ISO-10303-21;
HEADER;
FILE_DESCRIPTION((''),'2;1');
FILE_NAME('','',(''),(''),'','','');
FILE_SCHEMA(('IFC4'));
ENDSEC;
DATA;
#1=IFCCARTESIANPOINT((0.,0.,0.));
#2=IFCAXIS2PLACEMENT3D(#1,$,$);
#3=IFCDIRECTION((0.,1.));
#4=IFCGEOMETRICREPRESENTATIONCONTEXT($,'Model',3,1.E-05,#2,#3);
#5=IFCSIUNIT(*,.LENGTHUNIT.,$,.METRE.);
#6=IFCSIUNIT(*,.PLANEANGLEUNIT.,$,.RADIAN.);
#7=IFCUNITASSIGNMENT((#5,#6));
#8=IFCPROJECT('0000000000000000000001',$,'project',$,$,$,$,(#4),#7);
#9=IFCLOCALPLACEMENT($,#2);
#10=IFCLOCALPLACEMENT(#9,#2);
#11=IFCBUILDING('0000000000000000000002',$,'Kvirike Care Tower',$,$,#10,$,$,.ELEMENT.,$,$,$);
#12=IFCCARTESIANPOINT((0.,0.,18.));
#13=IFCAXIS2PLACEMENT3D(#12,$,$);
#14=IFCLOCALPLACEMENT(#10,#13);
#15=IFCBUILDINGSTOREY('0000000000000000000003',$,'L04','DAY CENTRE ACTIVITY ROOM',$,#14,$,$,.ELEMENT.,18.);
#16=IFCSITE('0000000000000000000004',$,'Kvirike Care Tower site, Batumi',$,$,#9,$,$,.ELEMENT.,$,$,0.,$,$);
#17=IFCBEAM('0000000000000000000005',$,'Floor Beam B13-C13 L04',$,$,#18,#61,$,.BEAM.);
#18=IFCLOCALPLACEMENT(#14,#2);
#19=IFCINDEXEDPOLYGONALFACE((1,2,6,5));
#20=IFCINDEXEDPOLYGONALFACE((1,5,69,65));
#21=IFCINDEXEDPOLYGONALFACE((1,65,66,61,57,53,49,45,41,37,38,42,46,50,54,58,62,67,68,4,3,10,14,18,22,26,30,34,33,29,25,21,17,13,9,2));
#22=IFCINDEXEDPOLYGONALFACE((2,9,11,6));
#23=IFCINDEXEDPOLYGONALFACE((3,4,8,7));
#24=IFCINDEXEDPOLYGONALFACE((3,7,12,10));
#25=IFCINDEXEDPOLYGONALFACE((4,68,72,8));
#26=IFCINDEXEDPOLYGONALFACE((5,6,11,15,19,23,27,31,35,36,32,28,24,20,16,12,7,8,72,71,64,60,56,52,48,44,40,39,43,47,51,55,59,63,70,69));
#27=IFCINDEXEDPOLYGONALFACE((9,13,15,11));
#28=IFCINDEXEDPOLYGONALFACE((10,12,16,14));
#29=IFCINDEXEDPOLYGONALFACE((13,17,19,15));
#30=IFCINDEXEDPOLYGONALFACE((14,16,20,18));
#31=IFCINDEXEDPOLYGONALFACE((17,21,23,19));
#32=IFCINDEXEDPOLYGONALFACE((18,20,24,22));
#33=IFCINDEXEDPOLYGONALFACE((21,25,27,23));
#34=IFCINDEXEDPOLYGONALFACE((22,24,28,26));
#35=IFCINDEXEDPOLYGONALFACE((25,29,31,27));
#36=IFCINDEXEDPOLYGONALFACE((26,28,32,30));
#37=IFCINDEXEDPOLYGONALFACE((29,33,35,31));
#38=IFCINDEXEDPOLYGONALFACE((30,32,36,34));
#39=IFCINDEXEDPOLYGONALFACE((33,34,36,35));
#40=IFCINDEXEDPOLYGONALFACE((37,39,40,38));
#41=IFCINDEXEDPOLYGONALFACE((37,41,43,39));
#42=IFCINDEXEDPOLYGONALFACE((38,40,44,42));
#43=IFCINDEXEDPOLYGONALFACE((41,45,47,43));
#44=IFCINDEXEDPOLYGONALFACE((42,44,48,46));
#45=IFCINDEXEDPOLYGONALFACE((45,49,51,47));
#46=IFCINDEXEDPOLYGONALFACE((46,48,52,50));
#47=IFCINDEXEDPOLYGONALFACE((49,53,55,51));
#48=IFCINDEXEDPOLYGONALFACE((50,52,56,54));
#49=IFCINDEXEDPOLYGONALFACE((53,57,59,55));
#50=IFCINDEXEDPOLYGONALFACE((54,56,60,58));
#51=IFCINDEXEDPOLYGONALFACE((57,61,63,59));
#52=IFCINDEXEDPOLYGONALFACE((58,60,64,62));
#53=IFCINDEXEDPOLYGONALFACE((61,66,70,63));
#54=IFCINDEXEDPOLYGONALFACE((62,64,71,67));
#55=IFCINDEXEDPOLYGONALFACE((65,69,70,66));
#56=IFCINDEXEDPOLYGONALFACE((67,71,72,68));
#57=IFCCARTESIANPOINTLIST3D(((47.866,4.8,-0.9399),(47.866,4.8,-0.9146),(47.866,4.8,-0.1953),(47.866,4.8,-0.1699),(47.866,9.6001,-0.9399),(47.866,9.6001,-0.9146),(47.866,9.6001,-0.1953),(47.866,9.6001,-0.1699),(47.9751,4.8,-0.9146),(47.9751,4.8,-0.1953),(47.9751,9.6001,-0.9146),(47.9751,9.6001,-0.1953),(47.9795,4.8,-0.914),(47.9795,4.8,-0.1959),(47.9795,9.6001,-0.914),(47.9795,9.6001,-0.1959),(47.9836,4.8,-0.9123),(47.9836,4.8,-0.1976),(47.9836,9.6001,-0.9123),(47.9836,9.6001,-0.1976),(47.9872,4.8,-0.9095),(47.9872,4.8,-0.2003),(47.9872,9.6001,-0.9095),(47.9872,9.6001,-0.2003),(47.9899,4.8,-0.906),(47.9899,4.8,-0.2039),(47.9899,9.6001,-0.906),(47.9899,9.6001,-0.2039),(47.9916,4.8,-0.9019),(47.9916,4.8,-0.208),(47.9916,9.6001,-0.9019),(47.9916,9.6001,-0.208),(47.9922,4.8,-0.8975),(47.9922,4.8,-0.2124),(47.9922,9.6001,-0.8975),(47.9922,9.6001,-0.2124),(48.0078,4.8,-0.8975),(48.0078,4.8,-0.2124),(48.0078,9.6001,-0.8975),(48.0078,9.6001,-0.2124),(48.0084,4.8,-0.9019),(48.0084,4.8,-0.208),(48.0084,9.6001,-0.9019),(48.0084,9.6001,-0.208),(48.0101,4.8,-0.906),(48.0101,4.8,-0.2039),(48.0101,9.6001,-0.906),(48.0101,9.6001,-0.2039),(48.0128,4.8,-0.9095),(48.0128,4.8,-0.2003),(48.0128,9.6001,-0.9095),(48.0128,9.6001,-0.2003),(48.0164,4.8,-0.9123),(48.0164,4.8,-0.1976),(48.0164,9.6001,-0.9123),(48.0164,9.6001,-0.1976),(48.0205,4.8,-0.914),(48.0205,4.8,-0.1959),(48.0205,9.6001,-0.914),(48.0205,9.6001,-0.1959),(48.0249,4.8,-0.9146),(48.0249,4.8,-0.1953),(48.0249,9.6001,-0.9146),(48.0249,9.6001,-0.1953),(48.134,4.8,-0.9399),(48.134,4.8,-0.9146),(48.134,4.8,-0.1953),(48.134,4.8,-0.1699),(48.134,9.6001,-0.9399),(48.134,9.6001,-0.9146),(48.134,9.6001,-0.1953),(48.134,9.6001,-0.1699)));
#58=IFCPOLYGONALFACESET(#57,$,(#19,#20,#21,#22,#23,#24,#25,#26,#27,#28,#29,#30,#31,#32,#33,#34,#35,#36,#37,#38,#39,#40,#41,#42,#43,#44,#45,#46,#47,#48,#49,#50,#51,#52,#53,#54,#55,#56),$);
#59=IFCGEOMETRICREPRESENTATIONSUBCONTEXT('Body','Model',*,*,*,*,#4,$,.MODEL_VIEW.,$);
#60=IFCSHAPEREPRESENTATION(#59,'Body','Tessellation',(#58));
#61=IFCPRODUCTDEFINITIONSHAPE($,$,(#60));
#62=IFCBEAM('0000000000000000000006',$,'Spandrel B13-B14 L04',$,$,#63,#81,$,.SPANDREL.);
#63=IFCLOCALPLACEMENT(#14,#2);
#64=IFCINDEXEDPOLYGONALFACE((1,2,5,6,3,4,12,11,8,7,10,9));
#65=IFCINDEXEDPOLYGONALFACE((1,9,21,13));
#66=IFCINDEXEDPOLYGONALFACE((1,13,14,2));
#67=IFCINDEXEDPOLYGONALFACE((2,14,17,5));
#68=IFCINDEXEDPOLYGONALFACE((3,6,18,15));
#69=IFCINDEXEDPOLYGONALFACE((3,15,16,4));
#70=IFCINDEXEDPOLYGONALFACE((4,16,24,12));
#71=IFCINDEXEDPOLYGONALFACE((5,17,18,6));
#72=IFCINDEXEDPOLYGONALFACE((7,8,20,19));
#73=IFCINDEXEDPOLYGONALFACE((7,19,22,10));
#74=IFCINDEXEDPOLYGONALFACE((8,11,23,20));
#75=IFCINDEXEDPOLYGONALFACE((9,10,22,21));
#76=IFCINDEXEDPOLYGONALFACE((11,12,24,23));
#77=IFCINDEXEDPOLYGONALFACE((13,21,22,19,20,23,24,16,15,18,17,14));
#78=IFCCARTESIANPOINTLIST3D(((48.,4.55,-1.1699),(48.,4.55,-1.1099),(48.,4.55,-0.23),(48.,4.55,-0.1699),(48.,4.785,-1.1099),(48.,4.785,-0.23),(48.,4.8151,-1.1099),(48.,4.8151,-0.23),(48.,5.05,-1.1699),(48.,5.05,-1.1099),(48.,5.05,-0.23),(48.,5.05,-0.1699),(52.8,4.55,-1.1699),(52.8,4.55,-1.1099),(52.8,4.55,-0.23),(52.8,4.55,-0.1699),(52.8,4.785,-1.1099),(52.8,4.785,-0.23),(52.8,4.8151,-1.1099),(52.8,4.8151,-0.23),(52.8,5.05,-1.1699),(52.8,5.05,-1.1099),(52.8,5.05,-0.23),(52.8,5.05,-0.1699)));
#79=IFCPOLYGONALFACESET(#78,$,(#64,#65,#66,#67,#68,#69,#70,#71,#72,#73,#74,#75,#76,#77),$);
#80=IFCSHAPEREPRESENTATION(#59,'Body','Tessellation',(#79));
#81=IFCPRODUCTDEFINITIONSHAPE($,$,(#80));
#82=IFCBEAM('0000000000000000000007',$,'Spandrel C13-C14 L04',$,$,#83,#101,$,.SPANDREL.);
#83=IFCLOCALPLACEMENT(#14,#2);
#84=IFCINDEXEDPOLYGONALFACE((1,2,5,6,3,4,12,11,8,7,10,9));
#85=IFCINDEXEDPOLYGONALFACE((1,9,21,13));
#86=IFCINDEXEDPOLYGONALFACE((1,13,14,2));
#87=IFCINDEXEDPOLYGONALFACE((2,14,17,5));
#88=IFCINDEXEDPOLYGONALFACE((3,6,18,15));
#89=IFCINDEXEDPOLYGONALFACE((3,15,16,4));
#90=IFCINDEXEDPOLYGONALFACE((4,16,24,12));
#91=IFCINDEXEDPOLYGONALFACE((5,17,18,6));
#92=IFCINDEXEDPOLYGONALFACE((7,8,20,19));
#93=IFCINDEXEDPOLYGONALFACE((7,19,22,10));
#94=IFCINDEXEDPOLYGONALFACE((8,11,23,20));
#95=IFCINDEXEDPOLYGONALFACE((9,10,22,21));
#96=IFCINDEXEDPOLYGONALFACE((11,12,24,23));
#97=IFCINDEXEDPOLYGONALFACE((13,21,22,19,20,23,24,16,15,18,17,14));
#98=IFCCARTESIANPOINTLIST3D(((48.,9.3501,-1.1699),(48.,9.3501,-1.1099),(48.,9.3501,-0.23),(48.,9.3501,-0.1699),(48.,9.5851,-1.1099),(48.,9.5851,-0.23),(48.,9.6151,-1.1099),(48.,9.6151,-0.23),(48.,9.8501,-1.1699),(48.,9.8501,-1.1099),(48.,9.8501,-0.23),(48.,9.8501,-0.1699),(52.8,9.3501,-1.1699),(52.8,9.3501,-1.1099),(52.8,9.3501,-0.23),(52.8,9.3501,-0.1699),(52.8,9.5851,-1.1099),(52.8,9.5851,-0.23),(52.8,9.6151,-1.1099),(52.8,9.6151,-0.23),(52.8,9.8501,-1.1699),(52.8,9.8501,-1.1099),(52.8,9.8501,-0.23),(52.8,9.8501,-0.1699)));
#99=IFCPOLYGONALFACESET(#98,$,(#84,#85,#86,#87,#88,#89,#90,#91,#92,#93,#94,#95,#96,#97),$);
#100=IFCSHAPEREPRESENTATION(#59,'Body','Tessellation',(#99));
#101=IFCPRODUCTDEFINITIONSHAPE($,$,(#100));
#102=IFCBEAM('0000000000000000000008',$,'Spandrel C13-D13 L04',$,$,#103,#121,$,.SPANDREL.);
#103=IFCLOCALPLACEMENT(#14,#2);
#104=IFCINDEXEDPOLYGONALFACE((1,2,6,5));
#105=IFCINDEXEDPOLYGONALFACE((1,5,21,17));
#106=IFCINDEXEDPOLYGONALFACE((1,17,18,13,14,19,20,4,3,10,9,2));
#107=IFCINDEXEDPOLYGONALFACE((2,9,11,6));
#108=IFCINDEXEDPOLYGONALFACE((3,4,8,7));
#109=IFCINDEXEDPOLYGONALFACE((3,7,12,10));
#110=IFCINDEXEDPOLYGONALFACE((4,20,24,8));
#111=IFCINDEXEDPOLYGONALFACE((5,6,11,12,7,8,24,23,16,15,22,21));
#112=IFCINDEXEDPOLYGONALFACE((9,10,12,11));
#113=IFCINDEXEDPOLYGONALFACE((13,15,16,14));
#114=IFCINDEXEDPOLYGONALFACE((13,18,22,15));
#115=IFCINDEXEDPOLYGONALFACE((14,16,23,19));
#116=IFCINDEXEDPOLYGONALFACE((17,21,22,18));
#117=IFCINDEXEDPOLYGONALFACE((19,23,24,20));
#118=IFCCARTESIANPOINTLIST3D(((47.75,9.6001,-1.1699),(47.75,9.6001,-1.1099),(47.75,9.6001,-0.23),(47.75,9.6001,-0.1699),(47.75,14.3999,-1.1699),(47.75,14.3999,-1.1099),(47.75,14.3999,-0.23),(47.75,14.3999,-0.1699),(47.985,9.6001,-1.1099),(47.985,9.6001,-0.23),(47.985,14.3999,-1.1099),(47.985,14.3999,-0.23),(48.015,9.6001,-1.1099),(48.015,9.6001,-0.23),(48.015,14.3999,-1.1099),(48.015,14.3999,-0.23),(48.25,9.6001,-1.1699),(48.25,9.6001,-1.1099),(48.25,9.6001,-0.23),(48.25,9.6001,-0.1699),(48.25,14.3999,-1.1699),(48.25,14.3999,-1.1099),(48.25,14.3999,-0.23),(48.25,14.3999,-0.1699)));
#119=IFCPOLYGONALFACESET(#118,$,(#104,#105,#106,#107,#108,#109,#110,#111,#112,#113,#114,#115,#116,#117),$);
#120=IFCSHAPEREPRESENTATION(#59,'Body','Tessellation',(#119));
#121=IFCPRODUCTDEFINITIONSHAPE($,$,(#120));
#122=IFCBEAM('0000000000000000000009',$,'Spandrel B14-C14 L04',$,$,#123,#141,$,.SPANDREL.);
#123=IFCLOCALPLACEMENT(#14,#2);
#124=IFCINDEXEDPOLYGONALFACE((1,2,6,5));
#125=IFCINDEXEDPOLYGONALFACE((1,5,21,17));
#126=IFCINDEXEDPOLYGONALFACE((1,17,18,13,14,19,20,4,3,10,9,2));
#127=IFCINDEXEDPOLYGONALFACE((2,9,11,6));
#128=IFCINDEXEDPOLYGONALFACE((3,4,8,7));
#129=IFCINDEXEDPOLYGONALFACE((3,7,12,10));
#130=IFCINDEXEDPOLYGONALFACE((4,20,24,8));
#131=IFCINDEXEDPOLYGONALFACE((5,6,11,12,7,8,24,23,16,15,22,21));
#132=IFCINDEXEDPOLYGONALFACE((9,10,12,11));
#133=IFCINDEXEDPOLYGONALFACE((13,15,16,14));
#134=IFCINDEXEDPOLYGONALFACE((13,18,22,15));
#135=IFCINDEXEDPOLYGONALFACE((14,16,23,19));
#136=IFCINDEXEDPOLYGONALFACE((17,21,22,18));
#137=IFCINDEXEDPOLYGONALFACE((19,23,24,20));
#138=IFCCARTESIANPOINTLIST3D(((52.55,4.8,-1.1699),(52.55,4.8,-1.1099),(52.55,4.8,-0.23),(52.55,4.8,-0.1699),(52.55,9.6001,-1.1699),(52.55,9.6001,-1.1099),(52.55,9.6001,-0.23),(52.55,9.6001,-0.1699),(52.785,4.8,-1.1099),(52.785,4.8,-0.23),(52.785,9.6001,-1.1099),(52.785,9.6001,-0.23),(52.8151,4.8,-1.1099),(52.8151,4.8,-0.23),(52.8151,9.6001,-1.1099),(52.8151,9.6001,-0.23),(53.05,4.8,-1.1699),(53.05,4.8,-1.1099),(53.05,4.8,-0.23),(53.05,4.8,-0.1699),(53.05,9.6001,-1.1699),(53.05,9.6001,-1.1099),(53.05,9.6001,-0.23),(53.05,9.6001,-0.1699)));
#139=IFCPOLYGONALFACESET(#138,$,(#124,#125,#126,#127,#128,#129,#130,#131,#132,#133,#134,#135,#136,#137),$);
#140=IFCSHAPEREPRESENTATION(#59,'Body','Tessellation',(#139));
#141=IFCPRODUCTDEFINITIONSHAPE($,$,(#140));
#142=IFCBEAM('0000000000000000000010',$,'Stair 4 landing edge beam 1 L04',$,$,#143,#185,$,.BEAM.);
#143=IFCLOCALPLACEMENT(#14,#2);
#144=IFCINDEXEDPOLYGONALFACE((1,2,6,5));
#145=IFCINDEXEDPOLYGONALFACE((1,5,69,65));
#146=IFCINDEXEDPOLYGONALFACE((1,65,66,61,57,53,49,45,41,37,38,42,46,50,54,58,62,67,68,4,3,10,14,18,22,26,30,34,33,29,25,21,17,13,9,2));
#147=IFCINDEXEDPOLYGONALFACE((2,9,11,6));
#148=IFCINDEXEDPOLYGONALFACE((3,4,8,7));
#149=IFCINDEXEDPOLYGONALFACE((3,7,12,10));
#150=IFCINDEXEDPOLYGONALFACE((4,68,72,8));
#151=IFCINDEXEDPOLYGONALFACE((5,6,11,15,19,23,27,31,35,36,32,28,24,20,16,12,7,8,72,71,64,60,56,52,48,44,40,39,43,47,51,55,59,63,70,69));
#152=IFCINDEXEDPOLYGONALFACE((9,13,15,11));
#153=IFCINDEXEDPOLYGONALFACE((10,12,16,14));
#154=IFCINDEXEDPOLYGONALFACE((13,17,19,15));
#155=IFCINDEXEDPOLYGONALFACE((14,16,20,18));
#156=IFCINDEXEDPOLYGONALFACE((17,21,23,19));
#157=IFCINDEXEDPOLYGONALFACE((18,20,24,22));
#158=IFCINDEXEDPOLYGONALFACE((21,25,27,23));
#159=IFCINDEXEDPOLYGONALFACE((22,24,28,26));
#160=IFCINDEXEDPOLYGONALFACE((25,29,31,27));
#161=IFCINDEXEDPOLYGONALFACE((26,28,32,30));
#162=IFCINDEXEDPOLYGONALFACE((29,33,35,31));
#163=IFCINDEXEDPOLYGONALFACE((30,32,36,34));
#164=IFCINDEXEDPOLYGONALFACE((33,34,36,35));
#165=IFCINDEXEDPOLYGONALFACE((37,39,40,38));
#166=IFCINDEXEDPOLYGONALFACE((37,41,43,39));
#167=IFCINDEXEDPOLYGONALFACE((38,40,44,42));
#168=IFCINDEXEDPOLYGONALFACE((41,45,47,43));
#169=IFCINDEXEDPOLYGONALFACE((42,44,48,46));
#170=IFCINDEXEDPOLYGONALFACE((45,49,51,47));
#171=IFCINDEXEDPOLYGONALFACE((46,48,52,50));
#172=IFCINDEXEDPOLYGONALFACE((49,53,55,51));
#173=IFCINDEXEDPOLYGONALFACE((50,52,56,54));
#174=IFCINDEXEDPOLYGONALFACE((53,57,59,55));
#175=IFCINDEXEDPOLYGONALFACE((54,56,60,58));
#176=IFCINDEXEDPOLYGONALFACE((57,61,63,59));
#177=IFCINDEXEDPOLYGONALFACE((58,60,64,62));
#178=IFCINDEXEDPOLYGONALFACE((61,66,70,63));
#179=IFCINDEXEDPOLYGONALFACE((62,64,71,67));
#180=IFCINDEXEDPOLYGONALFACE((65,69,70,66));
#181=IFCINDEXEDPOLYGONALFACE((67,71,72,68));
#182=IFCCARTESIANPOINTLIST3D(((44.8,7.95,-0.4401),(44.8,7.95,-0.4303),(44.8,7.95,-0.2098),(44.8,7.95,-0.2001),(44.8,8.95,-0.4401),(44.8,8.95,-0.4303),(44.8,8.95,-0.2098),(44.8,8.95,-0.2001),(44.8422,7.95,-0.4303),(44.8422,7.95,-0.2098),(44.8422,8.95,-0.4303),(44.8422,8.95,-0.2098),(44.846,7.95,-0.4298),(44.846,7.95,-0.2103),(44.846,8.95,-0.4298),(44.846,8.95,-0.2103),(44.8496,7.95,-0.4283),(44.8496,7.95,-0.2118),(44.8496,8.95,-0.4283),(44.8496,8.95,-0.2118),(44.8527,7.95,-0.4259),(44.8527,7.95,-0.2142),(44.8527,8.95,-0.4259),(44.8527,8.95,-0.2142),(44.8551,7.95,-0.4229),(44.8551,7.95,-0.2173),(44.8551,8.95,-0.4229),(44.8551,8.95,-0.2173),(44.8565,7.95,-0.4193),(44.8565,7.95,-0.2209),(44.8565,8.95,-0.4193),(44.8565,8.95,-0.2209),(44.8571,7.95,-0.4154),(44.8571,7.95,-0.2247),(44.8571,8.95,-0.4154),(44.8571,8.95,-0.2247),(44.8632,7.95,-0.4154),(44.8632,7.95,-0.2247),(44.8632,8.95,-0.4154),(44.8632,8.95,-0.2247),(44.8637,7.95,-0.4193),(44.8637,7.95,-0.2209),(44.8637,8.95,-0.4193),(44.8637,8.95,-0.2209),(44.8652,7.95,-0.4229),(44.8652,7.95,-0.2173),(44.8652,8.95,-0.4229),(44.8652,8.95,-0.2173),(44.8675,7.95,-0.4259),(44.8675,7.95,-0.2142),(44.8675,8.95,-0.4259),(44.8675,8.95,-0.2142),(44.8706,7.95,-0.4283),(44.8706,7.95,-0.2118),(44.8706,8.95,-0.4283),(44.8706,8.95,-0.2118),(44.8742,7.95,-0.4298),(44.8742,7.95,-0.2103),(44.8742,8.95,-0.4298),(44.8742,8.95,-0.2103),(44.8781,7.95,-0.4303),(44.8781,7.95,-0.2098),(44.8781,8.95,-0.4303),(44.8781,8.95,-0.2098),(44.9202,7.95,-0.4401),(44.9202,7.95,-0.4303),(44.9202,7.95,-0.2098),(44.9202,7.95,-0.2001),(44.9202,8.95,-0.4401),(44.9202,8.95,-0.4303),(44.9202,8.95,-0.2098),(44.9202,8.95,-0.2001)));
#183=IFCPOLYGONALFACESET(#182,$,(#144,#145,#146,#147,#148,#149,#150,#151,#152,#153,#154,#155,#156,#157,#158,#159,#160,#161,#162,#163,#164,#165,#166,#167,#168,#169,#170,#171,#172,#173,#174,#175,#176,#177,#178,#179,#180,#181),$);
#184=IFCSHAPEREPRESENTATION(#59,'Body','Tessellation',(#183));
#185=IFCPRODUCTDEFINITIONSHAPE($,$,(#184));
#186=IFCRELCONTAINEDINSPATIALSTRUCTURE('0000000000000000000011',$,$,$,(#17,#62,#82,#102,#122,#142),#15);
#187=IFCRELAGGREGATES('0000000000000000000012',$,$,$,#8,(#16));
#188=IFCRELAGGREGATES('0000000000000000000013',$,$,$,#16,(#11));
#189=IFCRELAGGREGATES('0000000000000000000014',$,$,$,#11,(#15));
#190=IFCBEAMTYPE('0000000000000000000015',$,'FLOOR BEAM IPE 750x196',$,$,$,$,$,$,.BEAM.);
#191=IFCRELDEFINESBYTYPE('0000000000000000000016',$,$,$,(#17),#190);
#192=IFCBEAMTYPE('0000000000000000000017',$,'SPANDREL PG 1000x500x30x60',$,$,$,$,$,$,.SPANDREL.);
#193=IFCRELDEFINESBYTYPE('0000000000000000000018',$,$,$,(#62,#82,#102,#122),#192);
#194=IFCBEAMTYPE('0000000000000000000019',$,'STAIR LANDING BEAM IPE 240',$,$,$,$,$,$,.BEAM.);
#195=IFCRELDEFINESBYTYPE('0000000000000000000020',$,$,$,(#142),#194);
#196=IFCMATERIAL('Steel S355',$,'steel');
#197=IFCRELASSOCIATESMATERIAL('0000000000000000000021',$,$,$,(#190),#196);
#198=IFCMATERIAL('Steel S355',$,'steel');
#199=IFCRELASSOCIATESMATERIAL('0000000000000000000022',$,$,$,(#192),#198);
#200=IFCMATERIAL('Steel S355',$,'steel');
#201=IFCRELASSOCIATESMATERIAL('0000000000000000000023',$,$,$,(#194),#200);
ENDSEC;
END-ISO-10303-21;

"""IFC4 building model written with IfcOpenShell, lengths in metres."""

from ifc_helpers import new_model, si_unit, direction, frame, origin, origin_2d, place, context, subcontext, project, spatial, i_section, extrude, material, material_profile, profile_set, type_object, element, save


model = new_model("IFC4")

# Units and contexts
model_context = context("Model", 3, precision=1e-05, world=origin(), true_north=direction((0.0, 1.0)))
body_context = subcontext(model_context, "Body", "Model", "MODEL_VIEW")
ifc_project = project(units=[si_unit("LENGTHUNIT", "METRE"), si_unit("PLANEANGLEUNIT", "RADIAN")], contexts=[model_context])

# Site, building, storey
site_placement = place(None, origin())
site = spatial("IfcSite", under=ifc_project, at=site_placement, Name="Kvirike Care Tower site, Batumi", CompositionType="ELEMENT", RefElevation=0.0)
building_placement = place(site_placement, origin())
building = spatial("IfcBuilding", under=site, at=building_placement, Name="Kvirike Care Tower", CompositionType="ELEMENT")
storey_placement = place(building_placement, frame((0.0, 0.0, 18.0)))
storey = spatial("IfcBuildingStorey", under=building, at=storey_placement, Name="L04", Description="DAY CENTRE ACTIVITY ROOM", CompositionType="ELEMENT", Elevation=18.0)

# Beams
ifc_material_1 = material(Name="Steel S355", Category="steel")
ifc_material_profile_1 = material_profile(ifc_material_1, i_section(OverallWidth=0.2681, OverallDepth=0.77, WebThickness=0.0156, FlangeThickness=0.0254, FilletRadius=0.0171, at=origin_2d()), Name="IPE 750x196")
ifc_profile_set_1 = profile_set([ifc_material_profile_1], Name="Steel S355")
beam_type_1 = type_object("IfcBeamType", Name="FLOOR BEAM IPE 750x196", PredefinedType="BEAM", material=ifc_profile_set_1)
beam_1_placement = place(storey_placement, frame((48.0, 4.8, -0.5549), z_axis=(0.0, 1.0, 0.0), x_axis=(-1.0, 0.0, 0.0)))
element("IfcBeam", 1, at=beam_1_placement, inside=storey, type_object=beam_type_1, Name="Floor Beam B13-C13 L04", PredefinedType="BEAM", context=body_context, shape_type="SweptSolid", body=[
    extrude(i_section(OverallWidth=0.2681, OverallDepth=0.77, WebThickness=0.0156, FlangeThickness=0.0254, FilletRadius=0.0171, at=origin_2d()), origin(), (0.0, 0.0, 1.0), 4.8),
])
ifc_material_2 = material(Name="Steel S355", Category="steel")
ifc_material_profile_2 = material_profile(ifc_material_2, i_section(OverallWidth=0.5, OverallDepth=1.0, WebThickness=0.03, FlangeThickness=0.0601, at=origin_2d()), Name="PG 1000x500x30x60")
ifc_profile_set_2 = profile_set([ifc_material_profile_2], Name="Steel S355")
beam_type_2 = type_object("IfcBeamType", Name="SPANDREL PG 1000x500x30x60", PredefinedType="SPANDREL", material=ifc_profile_set_2)
for number, where, z_axis, x_axis, name in (
    (2, (48.0, 4.8, -0.6699), (1.0, 0.0, 0.0), (0.0, 1.0, 0.0), "Spandrel B13-B14 L04"),
    (3, (48.0, 9.6001, -0.6699), (1.0, 0.0, 0.0), (0.0, 1.0, 0.0), "Spandrel C13-C14 L04"),
):
    element("IfcBeam", number, at=place(storey_placement, frame(where, z_axis=z_axis, x_axis=x_axis)), inside=storey, type_object=beam_type_2, Name=name, PredefinedType="SPANDREL", context=body_context, shape_type="SweptSolid", body=[
        extrude(i_section(OverallWidth=0.5, OverallDepth=1.0, WebThickness=0.03, FlangeThickness=0.0601, at=origin_2d()), origin(), (0.0, 0.0, 1.0), 4.8),
    ])
beam_2_placement = place(storey_placement, frame((48.0, 9.6001, -0.6699), z_axis=(0.0, 1.0, 0.0), x_axis=(-1.0, 0.0, 0.0)))
element("IfcBeam", 4, at=beam_2_placement, inside=storey, type_object=beam_type_2, Name="Spandrel C13-D13 L04", PredefinedType="SPANDREL", context=body_context, shape_type="SweptSolid", body=[
    extrude(i_section(OverallWidth=0.5, OverallDepth=1.0, WebThickness=0.03, FlangeThickness=0.0601, at=origin_2d()), origin(), (0.0, 0.0, 1.0), 4.7998),
])
beam_3_placement = place(storey_placement, frame((52.8, 4.8, -0.6699), z_axis=(0.0, 1.0, 0.0), x_axis=(-1.0, 0.0, 0.0)))
element("IfcBeam", 5, at=beam_3_placement, inside=storey, type_object=beam_type_2, Name="Spandrel B14-C14 L04", PredefinedType="SPANDREL", context=body_context, shape_type="SweptSolid", body=[
    extrude(i_section(OverallWidth=0.5, OverallDepth=1.0, WebThickness=0.03, FlangeThickness=0.0601, at=origin_2d()), origin(), (0.0, 0.0, 1.0), 4.8),
])
ifc_material_3 = material(Name="Steel S355", Category="steel")
ifc_material_profile_3 = material_profile(ifc_material_3, i_section(OverallWidth=0.1201, OverallDepth=0.24, WebThickness=0.0061, FlangeThickness=0.0098, FilletRadius=0.0149, at=origin_2d()), Name="IPE 240")
ifc_profile_set_3 = profile_set([ifc_material_profile_3], Name="Steel S355")
beam_type_3 = type_object("IfcBeamType", Name="STAIR LANDING BEAM IPE 240", PredefinedType="BEAM", material=ifc_profile_set_3)
for number, where, z_axis, x_axis, name in (
    (6, (44.8601, 8.95, -0.3201), (0.0, -1.0, 0.0), (1.0, 0.0, 0.0), "Stair 4 landing edge beam 1 L04"),
):
    element("IfcBeam", number, at=place(storey_placement, frame(where, z_axis=z_axis, x_axis=x_axis)), inside=storey, type_object=beam_type_3, Name=name, PredefinedType="BEAM", context=body_context, shape_type="SweptSolid", body=[
        extrude(i_section(OverallWidth=0.1201, OverallDepth=0.24, WebThickness=0.0061, FlangeThickness=0.0098, FilletRadius=0.0149, at=origin_2d()), origin(), (0.0, 0.0, 1.0), 1.0),
    ])

save(model, "model.ifc")
